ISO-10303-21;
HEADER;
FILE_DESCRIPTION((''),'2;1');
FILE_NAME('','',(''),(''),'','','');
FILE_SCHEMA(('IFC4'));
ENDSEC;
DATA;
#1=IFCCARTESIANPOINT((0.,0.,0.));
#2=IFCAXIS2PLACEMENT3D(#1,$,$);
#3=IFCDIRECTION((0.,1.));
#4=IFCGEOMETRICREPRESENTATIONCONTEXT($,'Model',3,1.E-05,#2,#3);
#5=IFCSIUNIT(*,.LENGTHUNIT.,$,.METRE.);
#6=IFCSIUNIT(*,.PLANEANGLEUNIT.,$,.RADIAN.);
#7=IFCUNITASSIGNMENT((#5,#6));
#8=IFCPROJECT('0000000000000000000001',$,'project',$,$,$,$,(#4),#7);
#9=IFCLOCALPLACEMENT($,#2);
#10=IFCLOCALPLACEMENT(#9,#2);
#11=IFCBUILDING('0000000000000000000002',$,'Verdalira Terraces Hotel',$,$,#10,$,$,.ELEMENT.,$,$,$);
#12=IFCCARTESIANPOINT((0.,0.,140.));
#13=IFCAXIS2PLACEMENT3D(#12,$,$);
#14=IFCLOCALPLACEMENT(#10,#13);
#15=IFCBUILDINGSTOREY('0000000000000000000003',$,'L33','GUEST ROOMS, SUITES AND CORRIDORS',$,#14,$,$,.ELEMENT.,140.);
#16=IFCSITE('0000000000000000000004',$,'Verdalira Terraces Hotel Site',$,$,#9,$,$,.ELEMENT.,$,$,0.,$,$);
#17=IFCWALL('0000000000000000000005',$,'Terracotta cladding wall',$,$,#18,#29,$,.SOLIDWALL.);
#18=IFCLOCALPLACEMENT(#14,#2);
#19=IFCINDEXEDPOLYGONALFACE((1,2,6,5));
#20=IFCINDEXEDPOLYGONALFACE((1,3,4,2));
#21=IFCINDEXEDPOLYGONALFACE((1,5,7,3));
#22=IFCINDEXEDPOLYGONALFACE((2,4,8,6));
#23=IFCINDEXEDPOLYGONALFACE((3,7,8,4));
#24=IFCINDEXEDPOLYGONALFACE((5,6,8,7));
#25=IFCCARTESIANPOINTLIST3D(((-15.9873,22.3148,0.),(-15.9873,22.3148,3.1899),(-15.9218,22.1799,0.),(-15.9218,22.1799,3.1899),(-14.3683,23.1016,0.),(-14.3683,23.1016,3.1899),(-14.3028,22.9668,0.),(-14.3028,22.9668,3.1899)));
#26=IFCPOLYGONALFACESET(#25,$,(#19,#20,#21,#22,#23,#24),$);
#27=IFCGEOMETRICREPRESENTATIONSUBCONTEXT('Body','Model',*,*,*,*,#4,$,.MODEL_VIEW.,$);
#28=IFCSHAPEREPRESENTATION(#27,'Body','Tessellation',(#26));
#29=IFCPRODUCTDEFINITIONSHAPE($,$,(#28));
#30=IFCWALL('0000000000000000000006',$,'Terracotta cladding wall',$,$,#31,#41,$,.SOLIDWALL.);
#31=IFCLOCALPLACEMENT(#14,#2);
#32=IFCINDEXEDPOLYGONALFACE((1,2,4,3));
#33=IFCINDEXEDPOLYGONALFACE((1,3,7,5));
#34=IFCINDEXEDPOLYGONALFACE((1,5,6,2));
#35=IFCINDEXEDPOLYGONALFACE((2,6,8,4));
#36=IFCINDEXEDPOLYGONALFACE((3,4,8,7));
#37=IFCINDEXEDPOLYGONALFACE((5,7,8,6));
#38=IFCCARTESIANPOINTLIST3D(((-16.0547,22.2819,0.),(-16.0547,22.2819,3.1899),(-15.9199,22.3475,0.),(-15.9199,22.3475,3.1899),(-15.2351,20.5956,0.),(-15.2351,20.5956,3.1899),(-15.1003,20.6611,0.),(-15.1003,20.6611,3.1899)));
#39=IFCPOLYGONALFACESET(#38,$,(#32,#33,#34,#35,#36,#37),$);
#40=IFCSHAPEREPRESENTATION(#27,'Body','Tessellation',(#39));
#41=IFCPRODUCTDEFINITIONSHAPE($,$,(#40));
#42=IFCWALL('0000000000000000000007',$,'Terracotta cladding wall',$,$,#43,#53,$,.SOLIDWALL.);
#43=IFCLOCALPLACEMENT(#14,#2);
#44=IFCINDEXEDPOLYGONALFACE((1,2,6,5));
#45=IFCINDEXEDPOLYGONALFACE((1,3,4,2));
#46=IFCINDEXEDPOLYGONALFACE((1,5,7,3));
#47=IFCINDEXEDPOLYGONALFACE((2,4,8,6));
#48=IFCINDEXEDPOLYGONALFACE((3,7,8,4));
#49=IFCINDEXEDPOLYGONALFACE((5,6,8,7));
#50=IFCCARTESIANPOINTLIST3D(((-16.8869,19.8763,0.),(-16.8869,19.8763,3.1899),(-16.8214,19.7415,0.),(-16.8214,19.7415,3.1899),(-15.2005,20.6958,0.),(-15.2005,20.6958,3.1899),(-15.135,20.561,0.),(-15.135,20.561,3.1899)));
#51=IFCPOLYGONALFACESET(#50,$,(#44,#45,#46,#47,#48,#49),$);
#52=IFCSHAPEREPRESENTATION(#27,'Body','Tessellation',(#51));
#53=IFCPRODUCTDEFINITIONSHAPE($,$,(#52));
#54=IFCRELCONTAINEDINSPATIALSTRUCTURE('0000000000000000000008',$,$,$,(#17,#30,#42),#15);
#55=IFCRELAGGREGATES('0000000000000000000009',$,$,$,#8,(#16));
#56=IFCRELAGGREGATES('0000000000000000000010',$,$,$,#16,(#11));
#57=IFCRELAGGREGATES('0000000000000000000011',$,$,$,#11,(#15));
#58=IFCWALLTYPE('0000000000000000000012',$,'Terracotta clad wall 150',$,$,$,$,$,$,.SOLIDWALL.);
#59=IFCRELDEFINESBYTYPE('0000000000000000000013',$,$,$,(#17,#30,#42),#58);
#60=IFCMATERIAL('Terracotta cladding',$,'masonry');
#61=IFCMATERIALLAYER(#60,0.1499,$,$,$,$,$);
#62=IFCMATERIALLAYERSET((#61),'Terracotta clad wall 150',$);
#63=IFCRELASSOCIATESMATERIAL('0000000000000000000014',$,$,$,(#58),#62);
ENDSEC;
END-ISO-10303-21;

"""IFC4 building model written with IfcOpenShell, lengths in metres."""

from ifc_helpers import new_model, si_unit, direction, frame, frame_2d, origin, place, context, subcontext, project, spatial, rectangle, extrude, material, layer, layer_set, type_object, element, save


model = new_model("IFC4")

# Units and contexts
model_context = context("Model", 3, precision=1e-05, world=origin(), true_north=direction((0.0, 1.0)))
body_context = subcontext(model_context, "Body", "Model", "MODEL_VIEW")
ifc_project = project(units=[si_unit("LENGTHUNIT", "METRE"), si_unit("PLANEANGLEUNIT", "RADIAN")], contexts=[model_context])

# Site, building, storey
site_placement = place(None, origin())
site = spatial("IfcSite", under=ifc_project, at=site_placement, Name="Verdalira Terraces Hotel Site", CompositionType="ELEMENT", RefElevation=0.0)
building_placement = place(site_placement, origin())
building = spatial("IfcBuilding", under=site, at=building_placement, Name="Verdalira Terraces Hotel", CompositionType="ELEMENT")
storey_placement = place(building_placement, frame((0.0, 0.0, 140.0)))
storey = spatial("IfcBuildingStorey", under=building, at=storey_placement, Name="L33", Description="GUEST ROOMS, SUITES AND CORRIDORS", CompositionType="ELEMENT", Elevation=140.0)

# Walls
ifc_material_1 = material(Name="Terracotta cladding", Category="masonry")
ifc_layer_1 = layer(ifc_material_1, 0.1499)
ifc_layer_set_1 = layer_set([ifc_layer_1], Name="Terracotta clad wall 150")
wall_type_1 = type_object("IfcWallType", Name="Terracotta clad wall 150", PredefinedType="SOLIDWALL", material=ifc_layer_set_1)
wall_1_placement = place(storey_placement, frame((-14.3357, 23.0342, 0.0), z_axis=(0.0, 0.0, 1.0), x_axis=(-0.899389, -0.437149, 0.0)))
element("IfcWall", 1, at=wall_1_placement, inside=storey, type_object=wall_type_1, Name="Terracotta cladding wall", PredefinedType="SOLIDWALL", context=body_context, shape_type="SweptSolid", body=[
    extrude(rectangle(XDim=1.8, YDim=0.1499, at=frame_2d((0.8999, 0.0))), origin(), (0.0, 0.0, 1.0), 3.1899),
])
for number, where, z_axis, x_axis, name in (
    (2, (-15.9873, 22.3147, 0.0), (0.0, 0.0, 1.0), (0.437133, -0.899397, 0.0), "Terracotta cladding wall"),
    (3, (-15.1677, 20.6284, 0.0), (0.0, 0.0, 1.0), (-0.899422, -0.437082, 0.0), "Terracotta cladding wall"),
):
    element("IfcWall", number, at=place(storey_placement, frame(where, z_axis=z_axis, x_axis=x_axis)), inside=storey, type_object=wall_type_1, Name=name, PredefinedType="SOLIDWALL", context=body_context, shape_type="SweptSolid", body=[
        extrude(rectangle(XDim=1.875, YDim=0.1499, at=frame_2d((0.9375, 0.0))), origin(), (0.0, 0.0, 1.0), 3.1899),
    ])

save(model, "model.ifc")
